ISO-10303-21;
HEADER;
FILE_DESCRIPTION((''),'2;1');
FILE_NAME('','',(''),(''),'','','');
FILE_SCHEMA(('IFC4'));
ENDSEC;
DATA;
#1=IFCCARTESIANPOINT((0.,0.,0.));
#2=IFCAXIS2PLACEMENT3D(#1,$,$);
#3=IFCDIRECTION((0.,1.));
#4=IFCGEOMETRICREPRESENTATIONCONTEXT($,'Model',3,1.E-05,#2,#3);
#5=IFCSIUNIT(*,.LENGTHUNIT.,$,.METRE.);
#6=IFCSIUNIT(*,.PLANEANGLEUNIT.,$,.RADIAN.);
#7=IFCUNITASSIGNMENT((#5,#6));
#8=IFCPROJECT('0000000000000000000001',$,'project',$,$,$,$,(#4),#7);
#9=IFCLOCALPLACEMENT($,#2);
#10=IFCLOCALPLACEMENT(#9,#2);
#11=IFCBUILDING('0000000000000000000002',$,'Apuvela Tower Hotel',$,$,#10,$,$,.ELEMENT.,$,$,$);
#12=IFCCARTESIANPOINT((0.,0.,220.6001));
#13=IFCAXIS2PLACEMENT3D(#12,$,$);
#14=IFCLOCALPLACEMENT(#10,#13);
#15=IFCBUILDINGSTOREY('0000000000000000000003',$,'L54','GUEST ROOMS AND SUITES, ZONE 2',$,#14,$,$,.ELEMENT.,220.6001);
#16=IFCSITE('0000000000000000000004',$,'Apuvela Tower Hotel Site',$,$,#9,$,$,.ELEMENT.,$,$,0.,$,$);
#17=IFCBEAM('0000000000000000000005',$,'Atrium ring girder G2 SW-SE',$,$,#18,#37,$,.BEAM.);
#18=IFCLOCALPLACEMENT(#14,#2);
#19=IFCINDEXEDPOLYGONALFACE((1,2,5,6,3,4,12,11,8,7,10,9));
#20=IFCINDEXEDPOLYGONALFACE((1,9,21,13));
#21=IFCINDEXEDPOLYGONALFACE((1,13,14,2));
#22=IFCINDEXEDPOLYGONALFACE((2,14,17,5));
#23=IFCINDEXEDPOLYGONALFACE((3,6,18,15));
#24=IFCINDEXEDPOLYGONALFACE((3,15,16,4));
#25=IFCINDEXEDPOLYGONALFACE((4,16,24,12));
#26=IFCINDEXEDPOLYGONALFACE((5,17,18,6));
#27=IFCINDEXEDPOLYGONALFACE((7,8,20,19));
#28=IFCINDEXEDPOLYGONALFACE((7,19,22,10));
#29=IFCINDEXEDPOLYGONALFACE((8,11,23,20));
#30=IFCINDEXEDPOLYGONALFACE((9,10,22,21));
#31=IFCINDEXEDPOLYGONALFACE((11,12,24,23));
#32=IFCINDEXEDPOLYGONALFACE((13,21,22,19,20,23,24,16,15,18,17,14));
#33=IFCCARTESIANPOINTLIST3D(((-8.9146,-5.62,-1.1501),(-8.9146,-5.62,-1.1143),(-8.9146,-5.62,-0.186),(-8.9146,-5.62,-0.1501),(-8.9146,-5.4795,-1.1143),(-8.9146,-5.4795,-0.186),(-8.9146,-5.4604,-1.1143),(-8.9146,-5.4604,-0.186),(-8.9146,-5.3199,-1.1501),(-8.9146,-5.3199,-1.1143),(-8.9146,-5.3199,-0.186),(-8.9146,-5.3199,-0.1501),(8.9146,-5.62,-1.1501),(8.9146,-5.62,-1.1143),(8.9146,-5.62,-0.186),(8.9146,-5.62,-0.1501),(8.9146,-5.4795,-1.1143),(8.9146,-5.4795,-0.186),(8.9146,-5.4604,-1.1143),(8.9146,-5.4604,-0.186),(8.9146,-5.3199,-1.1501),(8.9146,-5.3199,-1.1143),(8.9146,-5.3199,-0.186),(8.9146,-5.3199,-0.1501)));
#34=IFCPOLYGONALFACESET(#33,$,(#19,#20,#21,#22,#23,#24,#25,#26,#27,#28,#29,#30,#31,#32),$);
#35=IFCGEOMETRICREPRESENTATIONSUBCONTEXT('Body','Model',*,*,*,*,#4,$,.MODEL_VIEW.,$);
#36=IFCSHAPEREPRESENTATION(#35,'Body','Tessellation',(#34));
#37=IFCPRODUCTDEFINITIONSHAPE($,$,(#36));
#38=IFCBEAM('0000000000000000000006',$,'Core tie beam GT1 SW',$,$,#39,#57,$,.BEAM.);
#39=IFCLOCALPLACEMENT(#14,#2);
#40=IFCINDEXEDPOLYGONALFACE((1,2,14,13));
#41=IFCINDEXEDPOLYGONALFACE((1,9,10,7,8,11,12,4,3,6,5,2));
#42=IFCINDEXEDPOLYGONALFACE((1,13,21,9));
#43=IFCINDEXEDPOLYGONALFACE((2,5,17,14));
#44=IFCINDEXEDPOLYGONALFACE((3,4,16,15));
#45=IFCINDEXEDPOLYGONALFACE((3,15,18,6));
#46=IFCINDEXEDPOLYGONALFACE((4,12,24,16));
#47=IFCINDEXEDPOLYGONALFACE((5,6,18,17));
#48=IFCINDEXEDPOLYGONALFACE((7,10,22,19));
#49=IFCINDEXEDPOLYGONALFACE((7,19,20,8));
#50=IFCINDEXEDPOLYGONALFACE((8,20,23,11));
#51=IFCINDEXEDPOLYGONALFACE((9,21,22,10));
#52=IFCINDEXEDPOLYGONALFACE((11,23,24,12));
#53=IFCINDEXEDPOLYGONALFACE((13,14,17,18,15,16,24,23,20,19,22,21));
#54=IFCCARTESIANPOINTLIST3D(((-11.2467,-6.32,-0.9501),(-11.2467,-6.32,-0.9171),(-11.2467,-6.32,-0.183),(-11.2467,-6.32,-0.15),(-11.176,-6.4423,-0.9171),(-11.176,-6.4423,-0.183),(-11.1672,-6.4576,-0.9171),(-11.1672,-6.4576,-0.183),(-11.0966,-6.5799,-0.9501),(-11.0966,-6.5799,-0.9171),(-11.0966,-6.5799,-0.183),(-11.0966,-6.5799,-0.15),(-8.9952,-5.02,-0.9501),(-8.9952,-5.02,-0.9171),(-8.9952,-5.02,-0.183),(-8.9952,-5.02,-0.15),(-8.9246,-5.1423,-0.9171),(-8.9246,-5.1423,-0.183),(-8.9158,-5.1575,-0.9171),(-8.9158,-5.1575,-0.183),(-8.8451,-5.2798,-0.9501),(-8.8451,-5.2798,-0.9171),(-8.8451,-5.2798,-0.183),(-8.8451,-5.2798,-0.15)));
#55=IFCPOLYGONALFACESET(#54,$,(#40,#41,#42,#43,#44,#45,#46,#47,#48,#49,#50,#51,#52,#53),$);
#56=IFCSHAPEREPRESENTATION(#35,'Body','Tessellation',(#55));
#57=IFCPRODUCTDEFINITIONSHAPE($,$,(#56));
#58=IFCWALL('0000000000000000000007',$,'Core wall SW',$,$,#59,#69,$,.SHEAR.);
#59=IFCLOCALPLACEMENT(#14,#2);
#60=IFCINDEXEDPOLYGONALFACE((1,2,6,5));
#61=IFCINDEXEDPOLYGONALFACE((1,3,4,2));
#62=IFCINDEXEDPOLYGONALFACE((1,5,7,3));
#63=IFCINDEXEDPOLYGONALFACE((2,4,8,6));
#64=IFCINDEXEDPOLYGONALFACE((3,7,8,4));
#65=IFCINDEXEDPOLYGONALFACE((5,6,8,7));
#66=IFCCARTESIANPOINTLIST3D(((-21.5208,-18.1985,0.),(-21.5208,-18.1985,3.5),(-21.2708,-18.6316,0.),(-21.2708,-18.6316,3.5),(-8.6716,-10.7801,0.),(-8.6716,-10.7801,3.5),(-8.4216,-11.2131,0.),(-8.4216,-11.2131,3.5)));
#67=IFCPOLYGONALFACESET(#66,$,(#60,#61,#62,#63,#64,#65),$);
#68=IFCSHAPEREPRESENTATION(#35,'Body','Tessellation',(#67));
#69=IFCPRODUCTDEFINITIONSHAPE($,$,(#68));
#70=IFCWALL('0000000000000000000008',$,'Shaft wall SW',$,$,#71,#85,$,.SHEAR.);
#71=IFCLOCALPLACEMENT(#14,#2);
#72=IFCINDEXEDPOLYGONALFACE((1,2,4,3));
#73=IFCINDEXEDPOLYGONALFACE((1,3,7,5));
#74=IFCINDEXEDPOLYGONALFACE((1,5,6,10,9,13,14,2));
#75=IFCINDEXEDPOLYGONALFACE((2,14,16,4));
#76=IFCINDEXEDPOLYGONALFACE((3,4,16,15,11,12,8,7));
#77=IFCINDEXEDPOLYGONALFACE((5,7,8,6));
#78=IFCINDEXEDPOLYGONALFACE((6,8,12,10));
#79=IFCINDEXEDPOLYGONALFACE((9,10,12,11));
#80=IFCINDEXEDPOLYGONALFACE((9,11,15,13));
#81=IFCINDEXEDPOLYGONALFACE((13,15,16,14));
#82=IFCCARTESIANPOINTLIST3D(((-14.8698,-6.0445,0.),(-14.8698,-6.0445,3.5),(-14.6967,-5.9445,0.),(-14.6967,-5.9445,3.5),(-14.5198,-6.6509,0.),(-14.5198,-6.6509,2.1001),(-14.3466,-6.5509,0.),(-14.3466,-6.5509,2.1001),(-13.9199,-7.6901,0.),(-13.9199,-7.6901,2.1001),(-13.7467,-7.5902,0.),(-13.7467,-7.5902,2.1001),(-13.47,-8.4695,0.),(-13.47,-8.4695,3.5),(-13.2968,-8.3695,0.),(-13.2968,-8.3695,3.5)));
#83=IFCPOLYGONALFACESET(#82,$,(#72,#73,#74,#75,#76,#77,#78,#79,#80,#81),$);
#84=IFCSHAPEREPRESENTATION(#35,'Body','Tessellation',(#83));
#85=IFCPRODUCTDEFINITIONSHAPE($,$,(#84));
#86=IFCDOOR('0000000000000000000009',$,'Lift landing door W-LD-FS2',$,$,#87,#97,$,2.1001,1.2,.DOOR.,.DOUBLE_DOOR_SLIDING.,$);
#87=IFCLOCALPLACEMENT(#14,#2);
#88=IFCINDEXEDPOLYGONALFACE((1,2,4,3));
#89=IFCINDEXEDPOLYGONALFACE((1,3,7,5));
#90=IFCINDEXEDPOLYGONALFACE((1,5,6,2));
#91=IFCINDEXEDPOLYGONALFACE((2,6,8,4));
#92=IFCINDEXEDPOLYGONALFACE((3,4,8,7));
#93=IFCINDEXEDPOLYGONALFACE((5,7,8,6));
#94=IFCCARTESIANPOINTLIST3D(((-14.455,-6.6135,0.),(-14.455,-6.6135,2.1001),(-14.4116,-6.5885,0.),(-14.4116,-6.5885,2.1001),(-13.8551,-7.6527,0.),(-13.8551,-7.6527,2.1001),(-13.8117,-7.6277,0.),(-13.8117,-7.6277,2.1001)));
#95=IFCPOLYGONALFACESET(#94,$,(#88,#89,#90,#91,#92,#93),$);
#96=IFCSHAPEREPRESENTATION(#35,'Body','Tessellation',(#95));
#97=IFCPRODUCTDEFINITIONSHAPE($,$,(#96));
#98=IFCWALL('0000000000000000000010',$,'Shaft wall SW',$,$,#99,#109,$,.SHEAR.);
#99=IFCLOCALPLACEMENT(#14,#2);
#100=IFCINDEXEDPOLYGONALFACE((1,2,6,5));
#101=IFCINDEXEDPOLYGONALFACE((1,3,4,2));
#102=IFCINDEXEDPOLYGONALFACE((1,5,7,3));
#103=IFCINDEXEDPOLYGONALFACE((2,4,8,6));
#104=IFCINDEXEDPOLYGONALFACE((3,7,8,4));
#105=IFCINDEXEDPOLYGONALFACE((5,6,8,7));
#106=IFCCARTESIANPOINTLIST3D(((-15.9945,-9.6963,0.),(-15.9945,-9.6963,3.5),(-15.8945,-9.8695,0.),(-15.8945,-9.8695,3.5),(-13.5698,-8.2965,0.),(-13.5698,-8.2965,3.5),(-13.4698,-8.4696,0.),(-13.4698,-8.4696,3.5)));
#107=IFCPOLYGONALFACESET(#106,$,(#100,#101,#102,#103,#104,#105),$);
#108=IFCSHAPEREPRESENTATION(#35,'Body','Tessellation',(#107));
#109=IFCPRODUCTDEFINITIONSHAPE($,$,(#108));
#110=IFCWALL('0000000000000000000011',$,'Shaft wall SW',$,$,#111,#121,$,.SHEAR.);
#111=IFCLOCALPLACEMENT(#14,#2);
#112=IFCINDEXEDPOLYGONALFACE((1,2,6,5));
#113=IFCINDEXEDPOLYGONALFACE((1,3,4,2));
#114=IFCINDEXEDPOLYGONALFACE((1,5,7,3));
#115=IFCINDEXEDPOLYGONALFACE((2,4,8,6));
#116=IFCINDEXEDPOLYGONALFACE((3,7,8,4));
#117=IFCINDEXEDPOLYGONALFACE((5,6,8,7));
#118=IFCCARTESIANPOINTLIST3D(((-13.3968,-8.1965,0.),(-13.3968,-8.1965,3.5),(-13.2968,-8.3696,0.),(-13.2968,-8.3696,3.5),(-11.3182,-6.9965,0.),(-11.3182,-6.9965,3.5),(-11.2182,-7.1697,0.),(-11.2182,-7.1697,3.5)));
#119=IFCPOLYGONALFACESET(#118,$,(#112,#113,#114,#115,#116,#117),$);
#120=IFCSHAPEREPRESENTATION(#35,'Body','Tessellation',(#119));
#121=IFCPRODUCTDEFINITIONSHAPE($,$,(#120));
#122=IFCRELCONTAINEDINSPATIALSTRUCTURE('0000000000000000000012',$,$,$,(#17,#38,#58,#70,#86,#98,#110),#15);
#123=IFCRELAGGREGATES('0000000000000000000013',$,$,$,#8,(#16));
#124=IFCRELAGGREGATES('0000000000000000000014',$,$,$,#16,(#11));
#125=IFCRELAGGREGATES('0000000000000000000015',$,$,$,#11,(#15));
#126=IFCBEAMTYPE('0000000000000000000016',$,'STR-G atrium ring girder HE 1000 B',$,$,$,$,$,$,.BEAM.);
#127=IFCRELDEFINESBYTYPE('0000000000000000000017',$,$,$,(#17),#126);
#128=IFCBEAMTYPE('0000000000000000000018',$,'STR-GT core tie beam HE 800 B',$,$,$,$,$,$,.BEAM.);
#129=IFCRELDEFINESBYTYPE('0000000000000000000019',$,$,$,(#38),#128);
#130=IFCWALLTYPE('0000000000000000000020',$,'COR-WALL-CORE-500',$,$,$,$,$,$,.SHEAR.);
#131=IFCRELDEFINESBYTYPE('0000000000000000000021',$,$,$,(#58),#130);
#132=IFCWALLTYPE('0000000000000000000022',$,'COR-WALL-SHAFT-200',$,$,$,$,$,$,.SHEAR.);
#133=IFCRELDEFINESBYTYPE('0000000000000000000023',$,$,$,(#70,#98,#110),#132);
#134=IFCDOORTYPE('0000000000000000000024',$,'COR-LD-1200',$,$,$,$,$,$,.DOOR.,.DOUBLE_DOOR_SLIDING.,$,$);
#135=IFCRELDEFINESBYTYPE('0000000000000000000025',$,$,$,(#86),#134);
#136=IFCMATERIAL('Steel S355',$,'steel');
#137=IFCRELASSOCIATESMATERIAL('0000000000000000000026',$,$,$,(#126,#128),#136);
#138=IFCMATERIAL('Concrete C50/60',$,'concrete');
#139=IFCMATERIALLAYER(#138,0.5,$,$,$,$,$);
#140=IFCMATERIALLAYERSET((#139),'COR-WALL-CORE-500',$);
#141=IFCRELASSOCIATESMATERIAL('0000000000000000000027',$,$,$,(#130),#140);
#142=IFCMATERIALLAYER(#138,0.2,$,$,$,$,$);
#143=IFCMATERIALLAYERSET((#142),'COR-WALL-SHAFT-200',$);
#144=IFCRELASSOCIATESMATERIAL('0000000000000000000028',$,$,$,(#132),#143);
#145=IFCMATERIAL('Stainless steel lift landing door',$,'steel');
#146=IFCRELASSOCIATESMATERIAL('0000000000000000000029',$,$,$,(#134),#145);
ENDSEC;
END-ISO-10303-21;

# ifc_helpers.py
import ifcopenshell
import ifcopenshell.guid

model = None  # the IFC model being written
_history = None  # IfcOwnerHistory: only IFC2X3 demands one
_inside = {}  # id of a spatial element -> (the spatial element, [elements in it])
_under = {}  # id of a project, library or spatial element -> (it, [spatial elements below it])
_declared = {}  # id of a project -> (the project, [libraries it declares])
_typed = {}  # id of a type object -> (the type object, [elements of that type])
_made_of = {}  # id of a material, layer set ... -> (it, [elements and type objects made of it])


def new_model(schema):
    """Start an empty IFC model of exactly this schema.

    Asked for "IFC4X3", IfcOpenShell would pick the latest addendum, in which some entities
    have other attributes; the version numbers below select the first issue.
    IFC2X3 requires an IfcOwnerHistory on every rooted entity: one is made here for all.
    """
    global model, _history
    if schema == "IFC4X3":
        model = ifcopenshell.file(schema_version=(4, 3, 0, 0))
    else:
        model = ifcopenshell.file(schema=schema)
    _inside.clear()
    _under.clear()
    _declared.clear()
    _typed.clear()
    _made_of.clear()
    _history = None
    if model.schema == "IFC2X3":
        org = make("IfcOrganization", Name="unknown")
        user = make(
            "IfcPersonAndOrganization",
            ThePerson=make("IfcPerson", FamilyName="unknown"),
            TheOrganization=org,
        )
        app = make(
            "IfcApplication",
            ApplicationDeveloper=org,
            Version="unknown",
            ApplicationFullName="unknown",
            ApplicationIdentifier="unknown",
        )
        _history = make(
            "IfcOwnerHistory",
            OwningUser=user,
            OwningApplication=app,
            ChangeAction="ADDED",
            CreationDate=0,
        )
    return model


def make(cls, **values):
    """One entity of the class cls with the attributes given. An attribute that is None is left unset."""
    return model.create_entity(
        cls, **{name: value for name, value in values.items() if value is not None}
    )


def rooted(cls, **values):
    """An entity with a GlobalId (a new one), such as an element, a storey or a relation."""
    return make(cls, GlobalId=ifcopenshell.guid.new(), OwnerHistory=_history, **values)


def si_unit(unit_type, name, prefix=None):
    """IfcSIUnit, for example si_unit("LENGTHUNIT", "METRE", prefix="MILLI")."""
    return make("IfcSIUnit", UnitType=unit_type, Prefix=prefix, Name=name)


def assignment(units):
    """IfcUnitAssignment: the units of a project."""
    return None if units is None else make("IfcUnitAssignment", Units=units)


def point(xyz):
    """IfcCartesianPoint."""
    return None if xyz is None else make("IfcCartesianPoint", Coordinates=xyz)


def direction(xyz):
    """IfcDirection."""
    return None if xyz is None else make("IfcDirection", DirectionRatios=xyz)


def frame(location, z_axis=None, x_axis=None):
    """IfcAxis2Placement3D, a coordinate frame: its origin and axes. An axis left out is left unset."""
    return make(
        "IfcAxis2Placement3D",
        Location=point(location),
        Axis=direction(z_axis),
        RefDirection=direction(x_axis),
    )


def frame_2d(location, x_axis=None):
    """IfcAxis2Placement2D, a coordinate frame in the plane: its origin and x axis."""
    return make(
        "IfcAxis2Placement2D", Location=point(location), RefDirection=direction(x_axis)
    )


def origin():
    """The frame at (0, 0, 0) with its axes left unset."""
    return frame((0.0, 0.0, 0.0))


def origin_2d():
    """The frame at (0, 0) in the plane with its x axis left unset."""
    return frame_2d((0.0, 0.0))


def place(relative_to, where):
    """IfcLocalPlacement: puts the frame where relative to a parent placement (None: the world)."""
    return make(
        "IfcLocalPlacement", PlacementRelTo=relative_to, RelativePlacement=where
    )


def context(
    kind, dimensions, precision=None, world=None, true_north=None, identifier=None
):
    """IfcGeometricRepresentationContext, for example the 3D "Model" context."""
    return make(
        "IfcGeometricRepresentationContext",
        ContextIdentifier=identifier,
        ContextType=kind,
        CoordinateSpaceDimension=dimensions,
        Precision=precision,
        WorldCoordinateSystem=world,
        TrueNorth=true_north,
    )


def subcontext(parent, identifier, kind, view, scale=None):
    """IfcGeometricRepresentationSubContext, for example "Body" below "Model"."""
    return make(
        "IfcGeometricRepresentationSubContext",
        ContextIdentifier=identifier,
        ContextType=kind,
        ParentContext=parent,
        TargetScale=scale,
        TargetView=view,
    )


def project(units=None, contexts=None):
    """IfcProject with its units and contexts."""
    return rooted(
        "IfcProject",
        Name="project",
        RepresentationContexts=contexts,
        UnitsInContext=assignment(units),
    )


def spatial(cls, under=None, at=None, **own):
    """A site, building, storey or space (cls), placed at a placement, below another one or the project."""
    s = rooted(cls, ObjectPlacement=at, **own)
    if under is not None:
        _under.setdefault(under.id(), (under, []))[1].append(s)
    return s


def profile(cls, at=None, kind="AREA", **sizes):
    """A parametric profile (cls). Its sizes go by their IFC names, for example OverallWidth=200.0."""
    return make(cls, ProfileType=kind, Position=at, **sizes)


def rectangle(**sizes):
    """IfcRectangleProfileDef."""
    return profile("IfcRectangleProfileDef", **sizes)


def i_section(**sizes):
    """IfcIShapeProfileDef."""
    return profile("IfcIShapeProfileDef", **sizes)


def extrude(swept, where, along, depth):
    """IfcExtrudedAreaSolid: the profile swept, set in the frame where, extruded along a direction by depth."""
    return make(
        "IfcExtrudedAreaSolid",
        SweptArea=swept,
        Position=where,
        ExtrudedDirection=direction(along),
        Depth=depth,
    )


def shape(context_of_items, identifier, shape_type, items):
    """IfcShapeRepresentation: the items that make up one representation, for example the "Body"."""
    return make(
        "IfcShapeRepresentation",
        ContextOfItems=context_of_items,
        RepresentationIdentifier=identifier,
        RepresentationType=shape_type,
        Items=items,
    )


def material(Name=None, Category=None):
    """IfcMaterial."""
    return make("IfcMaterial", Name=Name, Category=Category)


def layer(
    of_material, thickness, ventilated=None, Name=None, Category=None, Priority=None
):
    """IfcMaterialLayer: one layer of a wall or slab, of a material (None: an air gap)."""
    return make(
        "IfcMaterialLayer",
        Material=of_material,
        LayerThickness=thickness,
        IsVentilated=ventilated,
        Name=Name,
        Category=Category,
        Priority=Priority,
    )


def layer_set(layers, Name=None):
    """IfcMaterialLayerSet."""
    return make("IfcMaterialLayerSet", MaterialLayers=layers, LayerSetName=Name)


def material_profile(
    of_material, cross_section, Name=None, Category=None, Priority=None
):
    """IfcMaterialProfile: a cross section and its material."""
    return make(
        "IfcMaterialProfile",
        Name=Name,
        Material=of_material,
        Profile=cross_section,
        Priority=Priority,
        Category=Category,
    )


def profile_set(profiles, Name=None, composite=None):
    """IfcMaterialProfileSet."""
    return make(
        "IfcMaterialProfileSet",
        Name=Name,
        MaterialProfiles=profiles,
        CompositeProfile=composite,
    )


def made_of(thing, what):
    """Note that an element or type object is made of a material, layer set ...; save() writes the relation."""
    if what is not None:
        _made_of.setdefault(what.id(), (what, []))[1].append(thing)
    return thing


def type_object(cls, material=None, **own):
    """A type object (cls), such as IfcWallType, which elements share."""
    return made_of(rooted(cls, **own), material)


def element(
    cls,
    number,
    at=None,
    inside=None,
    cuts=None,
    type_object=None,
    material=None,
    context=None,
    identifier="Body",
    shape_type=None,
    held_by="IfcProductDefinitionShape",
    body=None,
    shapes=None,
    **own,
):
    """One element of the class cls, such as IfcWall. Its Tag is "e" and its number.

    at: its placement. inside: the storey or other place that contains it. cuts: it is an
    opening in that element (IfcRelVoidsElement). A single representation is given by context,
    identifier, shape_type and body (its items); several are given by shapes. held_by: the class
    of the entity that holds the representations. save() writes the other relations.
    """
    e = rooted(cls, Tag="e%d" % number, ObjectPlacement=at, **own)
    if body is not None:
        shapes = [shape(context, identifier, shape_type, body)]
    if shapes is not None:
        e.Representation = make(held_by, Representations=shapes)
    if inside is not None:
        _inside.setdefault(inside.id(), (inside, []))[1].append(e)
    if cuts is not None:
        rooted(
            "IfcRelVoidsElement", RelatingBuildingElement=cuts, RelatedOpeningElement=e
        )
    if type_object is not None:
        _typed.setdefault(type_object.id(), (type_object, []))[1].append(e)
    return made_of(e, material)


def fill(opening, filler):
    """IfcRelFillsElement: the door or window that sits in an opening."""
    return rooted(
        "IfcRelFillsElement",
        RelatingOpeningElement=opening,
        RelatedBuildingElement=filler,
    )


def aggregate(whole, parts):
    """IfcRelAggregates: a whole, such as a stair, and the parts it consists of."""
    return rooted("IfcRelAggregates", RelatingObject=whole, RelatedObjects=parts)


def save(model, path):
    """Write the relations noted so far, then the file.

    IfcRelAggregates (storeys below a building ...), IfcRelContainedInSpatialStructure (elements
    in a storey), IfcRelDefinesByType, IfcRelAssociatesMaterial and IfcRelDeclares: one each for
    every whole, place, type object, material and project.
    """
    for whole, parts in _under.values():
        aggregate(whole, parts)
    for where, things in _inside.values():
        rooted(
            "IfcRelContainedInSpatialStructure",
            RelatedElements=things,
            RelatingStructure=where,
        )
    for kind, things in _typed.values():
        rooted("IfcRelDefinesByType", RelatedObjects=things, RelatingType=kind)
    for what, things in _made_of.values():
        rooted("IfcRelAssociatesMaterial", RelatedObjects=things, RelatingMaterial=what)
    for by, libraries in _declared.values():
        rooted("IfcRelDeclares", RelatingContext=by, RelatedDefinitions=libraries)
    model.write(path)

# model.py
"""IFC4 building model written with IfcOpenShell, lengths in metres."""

from ifc_helpers import new_model, si_unit, direction, frame, frame_2d, origin, origin_2d, place, context, subcontext, project, spatial, rectangle, i_section, extrude, material, layer, layer_set, material_profile, profile_set, type_object, element, fill, save


model = new_model("IFC4")

# Units and contexts
model_context = context("Model", 3, precision=1e-05, world=origin(), true_north=direction((0.0, 1.0)))
body_context = subcontext(model_context, "Body", "Model", "MODEL_VIEW")
ifc_project = project(units=[si_unit("LENGTHUNIT", "METRE"), si_unit("PLANEANGLEUNIT", "RADIAN")], contexts=[model_context])

# Site, building, storey
site_placement = place(None, origin())
site = spatial("IfcSite", under=ifc_project, at=site_placement, Name="Apuvela Tower Hotel Site", CompositionType="ELEMENT", RefElevation=0.0)
building_placement = place(site_placement, origin())
building = spatial("IfcBuilding", under=site, at=building_placement, Name="Apuvela Tower Hotel", CompositionType="ELEMENT")
storey_placement = place(building_placement, frame((0.0, 0.0, 220.6001)))
storey = spatial("IfcBuildingStorey", under=building, at=storey_placement, Name="L54", Description="GUEST ROOMS AND SUITES, ZONE 2", CompositionType="ELEMENT", Elevation=220.6001)

# Beams
ifc_material_1 = material(Name="Steel S355", Category="steel")
ifc_material_profile_1 = material_profile(ifc_material_1, i_section(OverallWidth=0.3, OverallDepth=1.0, WebThickness=0.019, FlangeThickness=0.0359, at=origin_2d()), Name="HE 1000 B")
ifc_profile_set_1 = profile_set([ifc_material_profile_1], Name="Steel S355")
beam_type_1 = type_object("IfcBeamType", Name="STR-G atrium ring girder HE 1000 B", PredefinedType="BEAM", material=ifc_profile_set_1)
beam_1_placement = place(storey_placement, frame((-8.9146, -5.47, -0.6501), z_axis=(1.0, 0.0, 0.0), x_axis=(0.0, 1.0, 0.0)))
element("IfcBeam", 1, at=beam_1_placement, inside=storey, type_object=beam_type_1, Name="Atrium ring girder G2 SW-SE", PredefinedType="BEAM", context=body_context, shape_type="SweptSolid", body=[
    extrude(i_section(OverallWidth=0.3, OverallDepth=1.0, WebThickness=0.019, FlangeThickness=0.0359, at=origin_2d()), origin(), (0.0, 0.0, 1.0), 17.8291),
])
ifc_material_profile_2 = material_profile(ifc_material_1, i_section(OverallWidth=0.3, OverallDepth=0.8, WebThickness=0.0176, FlangeThickness=0.033, at=origin_2d()), Name="HE 800 B")
ifc_profile_set_2 = profile_set([ifc_material_profile_2], Name="Steel S355")
beam_type_2 = type_object("IfcBeamType", Name="STR-GT core tie beam HE 800 B", PredefinedType="BEAM", material=ifc_profile_set_2)
beam_2_placement = place(storey_placement, frame((-11.1716, -6.45, -0.55), z_axis=(0.865998, 0.500048, 0.0), x_axis=(-0.500048, 0.865998, 0.0)))
element("IfcBeam", 2, at=beam_2_placement, inside=storey, type_object=beam_type_2, Name="Core tie beam GT1 SW", PredefinedType="BEAM", context=body_context, shape_type="SweptSolid", body=[
    extrude(i_section(OverallWidth=0.3, OverallDepth=0.8, WebThickness=0.0176, FlangeThickness=0.033, at=origin_2d()), origin(), (0.0, 0.0, 1.0), 2.5999),
])

# Wall
ifc_material_2 = material(Name="Concrete C50/60", Category="concrete")
ifc_layer_1 = layer(ifc_material_2, 0.5)
ifc_layer_set_1 = layer_set([ifc_layer_1], Name="COR-WALL-CORE-500")
wall_type_1 = type_object("IfcWallType", Name="COR-WALL-CORE-500", PredefinedType="SHEAR", material=ifc_layer_set_1)
wall_1_placement = place(storey_placement, frame((-8.5466, -10.9966, 0.0), z_axis=(0.0, 0.0, 1.0), x_axis=(-0.866025, -0.500001, 0.0)))
element("IfcWall", 3, at=wall_1_placement, inside=storey, type_object=wall_type_1, Name="Core wall SW", PredefinedType="SHEAR", context=body_context, shape_type="SweptSolid", body=[
    extrude(rectangle(XDim=14.8369, YDim=0.5, at=frame_2d((7.4185, 0.0))), origin(), (0.0, 0.0, 1.0), 3.5),
])

# Wall, opening, door
ifc_layer_2 = layer(ifc_material_2, 0.2)
ifc_layer_set_2 = layer_set([ifc_layer_2], Name="COR-WALL-SHAFT-200")
wall_type_2 = type_object("IfcWallType", Name="COR-WALL-SHAFT-200", PredefinedType="SHEAR", material=ifc_layer_set_2)
wall_2_placement = place(storey_placement, frame((-14.7832, -5.9946, 0.0), z_axis=(0.0, 0.0, 1.0), x_axis=(0.499946, -0.866056, 0.0)))
wall_2 = element("IfcWall", 4, at=wall_2_placement, inside=storey, type_object=wall_type_2, Name="Shaft wall SW", PredefinedType="SHEAR", context=body_context, shape_type="SweptSolid", body=[
    extrude(rectangle(XDim=2.8, YDim=0.2, at=frame_2d((1.3999, 0.0))), origin(), (0.0, 0.0, 1.0), 3.5),
])
opening_1_placement = place(wall_2_placement, frame((0.7, 0.0, 0.0)))
opening_1 = element("IfcOpeningElement", 5, at=opening_1_placement, cuts=wall_2, PredefinedType="OPENING", context=body_context, shape_type="SweptSolid", body=[
    extrude(rectangle(XDim=1.2, YDim=2.1001, at=frame_2d((0.6001, 1.05))), frame((0.0, 0.1099, 0.0), z_axis=(0.0, -1.0, 0.0), x_axis=(1.0, 0.0, 0.0)), (0.0, 0.0, 1.0), 0.22),
])
ifc_material_3 = material(Name="Stainless steel lift landing door", Category="steel")
door_type_1 = type_object("IfcDoorType", Name="COR-LD-1200", OperationType="DOUBLE_DOOR_SLIDING", PredefinedType="DOOR", material=ifc_material_3)
door_1_placement = place(opening_1_placement, origin())
door_1 = element("IfcDoor", 6, at=door_1_placement, inside=storey, type_object=door_type_1, Name="Lift landing door W-LD-FS2", OperationType="DOUBLE_DOOR_SLIDING", OverallHeight=2.1001, OverallWidth=1.2, PredefinedType="DOOR", context=body_context, shape_type="SweptSolid", body=[
    extrude(rectangle(XDim=1.2, YDim=2.1001, at=frame_2d((0.6001, 1.05))), frame((0.0, 0.0249, 0.0), z_axis=(0.0, -1.0, 0.0), x_axis=(1.0, 0.0, 0.0)), (0.0, 0.0, 1.0), 0.05),
])
fill(opening_1, door_1)

# Walls
wall_3_placement = place(storey_placement, frame((-13.5198, -8.3831, 0.0), z_axis=(0.0, 0.0, 1.0), x_axis=(-0.866035, -0.499984, 0.0)))
element("IfcWall", 7, at=wall_3_placement, inside=storey, type_object=wall_type_2, Name="Shaft wall SW", PredefinedType="SHEAR", context=body_context, shape_type="SweptSolid", body=[
    extrude(rectangle(XDim=2.7998, YDim=0.2, at=frame_2d((1.3999, 0.0))), origin(), (0.0, 0.0, 1.0), 3.5),
])
wall_4_placement = place(storey_placement, frame((-11.2681, -7.083, 0.0), z_axis=(0.0, 0.0, 1.0), x_axis=(-0.86605, -0.499957, 0.0)))
element("IfcWall", 8, at=wall_4_placement, inside=storey, type_object=wall_type_2, Name="Shaft wall SW", PredefinedType="SHEAR", context=body_context, shape_type="SweptSolid", body=[
    extrude(rectangle(XDim=2.4001, YDim=0.2, at=frame_2d((1.2002, 0.0))), origin(), (0.0, 0.0, 1.0), 3.5),
])

save(model, "model.ifc")
